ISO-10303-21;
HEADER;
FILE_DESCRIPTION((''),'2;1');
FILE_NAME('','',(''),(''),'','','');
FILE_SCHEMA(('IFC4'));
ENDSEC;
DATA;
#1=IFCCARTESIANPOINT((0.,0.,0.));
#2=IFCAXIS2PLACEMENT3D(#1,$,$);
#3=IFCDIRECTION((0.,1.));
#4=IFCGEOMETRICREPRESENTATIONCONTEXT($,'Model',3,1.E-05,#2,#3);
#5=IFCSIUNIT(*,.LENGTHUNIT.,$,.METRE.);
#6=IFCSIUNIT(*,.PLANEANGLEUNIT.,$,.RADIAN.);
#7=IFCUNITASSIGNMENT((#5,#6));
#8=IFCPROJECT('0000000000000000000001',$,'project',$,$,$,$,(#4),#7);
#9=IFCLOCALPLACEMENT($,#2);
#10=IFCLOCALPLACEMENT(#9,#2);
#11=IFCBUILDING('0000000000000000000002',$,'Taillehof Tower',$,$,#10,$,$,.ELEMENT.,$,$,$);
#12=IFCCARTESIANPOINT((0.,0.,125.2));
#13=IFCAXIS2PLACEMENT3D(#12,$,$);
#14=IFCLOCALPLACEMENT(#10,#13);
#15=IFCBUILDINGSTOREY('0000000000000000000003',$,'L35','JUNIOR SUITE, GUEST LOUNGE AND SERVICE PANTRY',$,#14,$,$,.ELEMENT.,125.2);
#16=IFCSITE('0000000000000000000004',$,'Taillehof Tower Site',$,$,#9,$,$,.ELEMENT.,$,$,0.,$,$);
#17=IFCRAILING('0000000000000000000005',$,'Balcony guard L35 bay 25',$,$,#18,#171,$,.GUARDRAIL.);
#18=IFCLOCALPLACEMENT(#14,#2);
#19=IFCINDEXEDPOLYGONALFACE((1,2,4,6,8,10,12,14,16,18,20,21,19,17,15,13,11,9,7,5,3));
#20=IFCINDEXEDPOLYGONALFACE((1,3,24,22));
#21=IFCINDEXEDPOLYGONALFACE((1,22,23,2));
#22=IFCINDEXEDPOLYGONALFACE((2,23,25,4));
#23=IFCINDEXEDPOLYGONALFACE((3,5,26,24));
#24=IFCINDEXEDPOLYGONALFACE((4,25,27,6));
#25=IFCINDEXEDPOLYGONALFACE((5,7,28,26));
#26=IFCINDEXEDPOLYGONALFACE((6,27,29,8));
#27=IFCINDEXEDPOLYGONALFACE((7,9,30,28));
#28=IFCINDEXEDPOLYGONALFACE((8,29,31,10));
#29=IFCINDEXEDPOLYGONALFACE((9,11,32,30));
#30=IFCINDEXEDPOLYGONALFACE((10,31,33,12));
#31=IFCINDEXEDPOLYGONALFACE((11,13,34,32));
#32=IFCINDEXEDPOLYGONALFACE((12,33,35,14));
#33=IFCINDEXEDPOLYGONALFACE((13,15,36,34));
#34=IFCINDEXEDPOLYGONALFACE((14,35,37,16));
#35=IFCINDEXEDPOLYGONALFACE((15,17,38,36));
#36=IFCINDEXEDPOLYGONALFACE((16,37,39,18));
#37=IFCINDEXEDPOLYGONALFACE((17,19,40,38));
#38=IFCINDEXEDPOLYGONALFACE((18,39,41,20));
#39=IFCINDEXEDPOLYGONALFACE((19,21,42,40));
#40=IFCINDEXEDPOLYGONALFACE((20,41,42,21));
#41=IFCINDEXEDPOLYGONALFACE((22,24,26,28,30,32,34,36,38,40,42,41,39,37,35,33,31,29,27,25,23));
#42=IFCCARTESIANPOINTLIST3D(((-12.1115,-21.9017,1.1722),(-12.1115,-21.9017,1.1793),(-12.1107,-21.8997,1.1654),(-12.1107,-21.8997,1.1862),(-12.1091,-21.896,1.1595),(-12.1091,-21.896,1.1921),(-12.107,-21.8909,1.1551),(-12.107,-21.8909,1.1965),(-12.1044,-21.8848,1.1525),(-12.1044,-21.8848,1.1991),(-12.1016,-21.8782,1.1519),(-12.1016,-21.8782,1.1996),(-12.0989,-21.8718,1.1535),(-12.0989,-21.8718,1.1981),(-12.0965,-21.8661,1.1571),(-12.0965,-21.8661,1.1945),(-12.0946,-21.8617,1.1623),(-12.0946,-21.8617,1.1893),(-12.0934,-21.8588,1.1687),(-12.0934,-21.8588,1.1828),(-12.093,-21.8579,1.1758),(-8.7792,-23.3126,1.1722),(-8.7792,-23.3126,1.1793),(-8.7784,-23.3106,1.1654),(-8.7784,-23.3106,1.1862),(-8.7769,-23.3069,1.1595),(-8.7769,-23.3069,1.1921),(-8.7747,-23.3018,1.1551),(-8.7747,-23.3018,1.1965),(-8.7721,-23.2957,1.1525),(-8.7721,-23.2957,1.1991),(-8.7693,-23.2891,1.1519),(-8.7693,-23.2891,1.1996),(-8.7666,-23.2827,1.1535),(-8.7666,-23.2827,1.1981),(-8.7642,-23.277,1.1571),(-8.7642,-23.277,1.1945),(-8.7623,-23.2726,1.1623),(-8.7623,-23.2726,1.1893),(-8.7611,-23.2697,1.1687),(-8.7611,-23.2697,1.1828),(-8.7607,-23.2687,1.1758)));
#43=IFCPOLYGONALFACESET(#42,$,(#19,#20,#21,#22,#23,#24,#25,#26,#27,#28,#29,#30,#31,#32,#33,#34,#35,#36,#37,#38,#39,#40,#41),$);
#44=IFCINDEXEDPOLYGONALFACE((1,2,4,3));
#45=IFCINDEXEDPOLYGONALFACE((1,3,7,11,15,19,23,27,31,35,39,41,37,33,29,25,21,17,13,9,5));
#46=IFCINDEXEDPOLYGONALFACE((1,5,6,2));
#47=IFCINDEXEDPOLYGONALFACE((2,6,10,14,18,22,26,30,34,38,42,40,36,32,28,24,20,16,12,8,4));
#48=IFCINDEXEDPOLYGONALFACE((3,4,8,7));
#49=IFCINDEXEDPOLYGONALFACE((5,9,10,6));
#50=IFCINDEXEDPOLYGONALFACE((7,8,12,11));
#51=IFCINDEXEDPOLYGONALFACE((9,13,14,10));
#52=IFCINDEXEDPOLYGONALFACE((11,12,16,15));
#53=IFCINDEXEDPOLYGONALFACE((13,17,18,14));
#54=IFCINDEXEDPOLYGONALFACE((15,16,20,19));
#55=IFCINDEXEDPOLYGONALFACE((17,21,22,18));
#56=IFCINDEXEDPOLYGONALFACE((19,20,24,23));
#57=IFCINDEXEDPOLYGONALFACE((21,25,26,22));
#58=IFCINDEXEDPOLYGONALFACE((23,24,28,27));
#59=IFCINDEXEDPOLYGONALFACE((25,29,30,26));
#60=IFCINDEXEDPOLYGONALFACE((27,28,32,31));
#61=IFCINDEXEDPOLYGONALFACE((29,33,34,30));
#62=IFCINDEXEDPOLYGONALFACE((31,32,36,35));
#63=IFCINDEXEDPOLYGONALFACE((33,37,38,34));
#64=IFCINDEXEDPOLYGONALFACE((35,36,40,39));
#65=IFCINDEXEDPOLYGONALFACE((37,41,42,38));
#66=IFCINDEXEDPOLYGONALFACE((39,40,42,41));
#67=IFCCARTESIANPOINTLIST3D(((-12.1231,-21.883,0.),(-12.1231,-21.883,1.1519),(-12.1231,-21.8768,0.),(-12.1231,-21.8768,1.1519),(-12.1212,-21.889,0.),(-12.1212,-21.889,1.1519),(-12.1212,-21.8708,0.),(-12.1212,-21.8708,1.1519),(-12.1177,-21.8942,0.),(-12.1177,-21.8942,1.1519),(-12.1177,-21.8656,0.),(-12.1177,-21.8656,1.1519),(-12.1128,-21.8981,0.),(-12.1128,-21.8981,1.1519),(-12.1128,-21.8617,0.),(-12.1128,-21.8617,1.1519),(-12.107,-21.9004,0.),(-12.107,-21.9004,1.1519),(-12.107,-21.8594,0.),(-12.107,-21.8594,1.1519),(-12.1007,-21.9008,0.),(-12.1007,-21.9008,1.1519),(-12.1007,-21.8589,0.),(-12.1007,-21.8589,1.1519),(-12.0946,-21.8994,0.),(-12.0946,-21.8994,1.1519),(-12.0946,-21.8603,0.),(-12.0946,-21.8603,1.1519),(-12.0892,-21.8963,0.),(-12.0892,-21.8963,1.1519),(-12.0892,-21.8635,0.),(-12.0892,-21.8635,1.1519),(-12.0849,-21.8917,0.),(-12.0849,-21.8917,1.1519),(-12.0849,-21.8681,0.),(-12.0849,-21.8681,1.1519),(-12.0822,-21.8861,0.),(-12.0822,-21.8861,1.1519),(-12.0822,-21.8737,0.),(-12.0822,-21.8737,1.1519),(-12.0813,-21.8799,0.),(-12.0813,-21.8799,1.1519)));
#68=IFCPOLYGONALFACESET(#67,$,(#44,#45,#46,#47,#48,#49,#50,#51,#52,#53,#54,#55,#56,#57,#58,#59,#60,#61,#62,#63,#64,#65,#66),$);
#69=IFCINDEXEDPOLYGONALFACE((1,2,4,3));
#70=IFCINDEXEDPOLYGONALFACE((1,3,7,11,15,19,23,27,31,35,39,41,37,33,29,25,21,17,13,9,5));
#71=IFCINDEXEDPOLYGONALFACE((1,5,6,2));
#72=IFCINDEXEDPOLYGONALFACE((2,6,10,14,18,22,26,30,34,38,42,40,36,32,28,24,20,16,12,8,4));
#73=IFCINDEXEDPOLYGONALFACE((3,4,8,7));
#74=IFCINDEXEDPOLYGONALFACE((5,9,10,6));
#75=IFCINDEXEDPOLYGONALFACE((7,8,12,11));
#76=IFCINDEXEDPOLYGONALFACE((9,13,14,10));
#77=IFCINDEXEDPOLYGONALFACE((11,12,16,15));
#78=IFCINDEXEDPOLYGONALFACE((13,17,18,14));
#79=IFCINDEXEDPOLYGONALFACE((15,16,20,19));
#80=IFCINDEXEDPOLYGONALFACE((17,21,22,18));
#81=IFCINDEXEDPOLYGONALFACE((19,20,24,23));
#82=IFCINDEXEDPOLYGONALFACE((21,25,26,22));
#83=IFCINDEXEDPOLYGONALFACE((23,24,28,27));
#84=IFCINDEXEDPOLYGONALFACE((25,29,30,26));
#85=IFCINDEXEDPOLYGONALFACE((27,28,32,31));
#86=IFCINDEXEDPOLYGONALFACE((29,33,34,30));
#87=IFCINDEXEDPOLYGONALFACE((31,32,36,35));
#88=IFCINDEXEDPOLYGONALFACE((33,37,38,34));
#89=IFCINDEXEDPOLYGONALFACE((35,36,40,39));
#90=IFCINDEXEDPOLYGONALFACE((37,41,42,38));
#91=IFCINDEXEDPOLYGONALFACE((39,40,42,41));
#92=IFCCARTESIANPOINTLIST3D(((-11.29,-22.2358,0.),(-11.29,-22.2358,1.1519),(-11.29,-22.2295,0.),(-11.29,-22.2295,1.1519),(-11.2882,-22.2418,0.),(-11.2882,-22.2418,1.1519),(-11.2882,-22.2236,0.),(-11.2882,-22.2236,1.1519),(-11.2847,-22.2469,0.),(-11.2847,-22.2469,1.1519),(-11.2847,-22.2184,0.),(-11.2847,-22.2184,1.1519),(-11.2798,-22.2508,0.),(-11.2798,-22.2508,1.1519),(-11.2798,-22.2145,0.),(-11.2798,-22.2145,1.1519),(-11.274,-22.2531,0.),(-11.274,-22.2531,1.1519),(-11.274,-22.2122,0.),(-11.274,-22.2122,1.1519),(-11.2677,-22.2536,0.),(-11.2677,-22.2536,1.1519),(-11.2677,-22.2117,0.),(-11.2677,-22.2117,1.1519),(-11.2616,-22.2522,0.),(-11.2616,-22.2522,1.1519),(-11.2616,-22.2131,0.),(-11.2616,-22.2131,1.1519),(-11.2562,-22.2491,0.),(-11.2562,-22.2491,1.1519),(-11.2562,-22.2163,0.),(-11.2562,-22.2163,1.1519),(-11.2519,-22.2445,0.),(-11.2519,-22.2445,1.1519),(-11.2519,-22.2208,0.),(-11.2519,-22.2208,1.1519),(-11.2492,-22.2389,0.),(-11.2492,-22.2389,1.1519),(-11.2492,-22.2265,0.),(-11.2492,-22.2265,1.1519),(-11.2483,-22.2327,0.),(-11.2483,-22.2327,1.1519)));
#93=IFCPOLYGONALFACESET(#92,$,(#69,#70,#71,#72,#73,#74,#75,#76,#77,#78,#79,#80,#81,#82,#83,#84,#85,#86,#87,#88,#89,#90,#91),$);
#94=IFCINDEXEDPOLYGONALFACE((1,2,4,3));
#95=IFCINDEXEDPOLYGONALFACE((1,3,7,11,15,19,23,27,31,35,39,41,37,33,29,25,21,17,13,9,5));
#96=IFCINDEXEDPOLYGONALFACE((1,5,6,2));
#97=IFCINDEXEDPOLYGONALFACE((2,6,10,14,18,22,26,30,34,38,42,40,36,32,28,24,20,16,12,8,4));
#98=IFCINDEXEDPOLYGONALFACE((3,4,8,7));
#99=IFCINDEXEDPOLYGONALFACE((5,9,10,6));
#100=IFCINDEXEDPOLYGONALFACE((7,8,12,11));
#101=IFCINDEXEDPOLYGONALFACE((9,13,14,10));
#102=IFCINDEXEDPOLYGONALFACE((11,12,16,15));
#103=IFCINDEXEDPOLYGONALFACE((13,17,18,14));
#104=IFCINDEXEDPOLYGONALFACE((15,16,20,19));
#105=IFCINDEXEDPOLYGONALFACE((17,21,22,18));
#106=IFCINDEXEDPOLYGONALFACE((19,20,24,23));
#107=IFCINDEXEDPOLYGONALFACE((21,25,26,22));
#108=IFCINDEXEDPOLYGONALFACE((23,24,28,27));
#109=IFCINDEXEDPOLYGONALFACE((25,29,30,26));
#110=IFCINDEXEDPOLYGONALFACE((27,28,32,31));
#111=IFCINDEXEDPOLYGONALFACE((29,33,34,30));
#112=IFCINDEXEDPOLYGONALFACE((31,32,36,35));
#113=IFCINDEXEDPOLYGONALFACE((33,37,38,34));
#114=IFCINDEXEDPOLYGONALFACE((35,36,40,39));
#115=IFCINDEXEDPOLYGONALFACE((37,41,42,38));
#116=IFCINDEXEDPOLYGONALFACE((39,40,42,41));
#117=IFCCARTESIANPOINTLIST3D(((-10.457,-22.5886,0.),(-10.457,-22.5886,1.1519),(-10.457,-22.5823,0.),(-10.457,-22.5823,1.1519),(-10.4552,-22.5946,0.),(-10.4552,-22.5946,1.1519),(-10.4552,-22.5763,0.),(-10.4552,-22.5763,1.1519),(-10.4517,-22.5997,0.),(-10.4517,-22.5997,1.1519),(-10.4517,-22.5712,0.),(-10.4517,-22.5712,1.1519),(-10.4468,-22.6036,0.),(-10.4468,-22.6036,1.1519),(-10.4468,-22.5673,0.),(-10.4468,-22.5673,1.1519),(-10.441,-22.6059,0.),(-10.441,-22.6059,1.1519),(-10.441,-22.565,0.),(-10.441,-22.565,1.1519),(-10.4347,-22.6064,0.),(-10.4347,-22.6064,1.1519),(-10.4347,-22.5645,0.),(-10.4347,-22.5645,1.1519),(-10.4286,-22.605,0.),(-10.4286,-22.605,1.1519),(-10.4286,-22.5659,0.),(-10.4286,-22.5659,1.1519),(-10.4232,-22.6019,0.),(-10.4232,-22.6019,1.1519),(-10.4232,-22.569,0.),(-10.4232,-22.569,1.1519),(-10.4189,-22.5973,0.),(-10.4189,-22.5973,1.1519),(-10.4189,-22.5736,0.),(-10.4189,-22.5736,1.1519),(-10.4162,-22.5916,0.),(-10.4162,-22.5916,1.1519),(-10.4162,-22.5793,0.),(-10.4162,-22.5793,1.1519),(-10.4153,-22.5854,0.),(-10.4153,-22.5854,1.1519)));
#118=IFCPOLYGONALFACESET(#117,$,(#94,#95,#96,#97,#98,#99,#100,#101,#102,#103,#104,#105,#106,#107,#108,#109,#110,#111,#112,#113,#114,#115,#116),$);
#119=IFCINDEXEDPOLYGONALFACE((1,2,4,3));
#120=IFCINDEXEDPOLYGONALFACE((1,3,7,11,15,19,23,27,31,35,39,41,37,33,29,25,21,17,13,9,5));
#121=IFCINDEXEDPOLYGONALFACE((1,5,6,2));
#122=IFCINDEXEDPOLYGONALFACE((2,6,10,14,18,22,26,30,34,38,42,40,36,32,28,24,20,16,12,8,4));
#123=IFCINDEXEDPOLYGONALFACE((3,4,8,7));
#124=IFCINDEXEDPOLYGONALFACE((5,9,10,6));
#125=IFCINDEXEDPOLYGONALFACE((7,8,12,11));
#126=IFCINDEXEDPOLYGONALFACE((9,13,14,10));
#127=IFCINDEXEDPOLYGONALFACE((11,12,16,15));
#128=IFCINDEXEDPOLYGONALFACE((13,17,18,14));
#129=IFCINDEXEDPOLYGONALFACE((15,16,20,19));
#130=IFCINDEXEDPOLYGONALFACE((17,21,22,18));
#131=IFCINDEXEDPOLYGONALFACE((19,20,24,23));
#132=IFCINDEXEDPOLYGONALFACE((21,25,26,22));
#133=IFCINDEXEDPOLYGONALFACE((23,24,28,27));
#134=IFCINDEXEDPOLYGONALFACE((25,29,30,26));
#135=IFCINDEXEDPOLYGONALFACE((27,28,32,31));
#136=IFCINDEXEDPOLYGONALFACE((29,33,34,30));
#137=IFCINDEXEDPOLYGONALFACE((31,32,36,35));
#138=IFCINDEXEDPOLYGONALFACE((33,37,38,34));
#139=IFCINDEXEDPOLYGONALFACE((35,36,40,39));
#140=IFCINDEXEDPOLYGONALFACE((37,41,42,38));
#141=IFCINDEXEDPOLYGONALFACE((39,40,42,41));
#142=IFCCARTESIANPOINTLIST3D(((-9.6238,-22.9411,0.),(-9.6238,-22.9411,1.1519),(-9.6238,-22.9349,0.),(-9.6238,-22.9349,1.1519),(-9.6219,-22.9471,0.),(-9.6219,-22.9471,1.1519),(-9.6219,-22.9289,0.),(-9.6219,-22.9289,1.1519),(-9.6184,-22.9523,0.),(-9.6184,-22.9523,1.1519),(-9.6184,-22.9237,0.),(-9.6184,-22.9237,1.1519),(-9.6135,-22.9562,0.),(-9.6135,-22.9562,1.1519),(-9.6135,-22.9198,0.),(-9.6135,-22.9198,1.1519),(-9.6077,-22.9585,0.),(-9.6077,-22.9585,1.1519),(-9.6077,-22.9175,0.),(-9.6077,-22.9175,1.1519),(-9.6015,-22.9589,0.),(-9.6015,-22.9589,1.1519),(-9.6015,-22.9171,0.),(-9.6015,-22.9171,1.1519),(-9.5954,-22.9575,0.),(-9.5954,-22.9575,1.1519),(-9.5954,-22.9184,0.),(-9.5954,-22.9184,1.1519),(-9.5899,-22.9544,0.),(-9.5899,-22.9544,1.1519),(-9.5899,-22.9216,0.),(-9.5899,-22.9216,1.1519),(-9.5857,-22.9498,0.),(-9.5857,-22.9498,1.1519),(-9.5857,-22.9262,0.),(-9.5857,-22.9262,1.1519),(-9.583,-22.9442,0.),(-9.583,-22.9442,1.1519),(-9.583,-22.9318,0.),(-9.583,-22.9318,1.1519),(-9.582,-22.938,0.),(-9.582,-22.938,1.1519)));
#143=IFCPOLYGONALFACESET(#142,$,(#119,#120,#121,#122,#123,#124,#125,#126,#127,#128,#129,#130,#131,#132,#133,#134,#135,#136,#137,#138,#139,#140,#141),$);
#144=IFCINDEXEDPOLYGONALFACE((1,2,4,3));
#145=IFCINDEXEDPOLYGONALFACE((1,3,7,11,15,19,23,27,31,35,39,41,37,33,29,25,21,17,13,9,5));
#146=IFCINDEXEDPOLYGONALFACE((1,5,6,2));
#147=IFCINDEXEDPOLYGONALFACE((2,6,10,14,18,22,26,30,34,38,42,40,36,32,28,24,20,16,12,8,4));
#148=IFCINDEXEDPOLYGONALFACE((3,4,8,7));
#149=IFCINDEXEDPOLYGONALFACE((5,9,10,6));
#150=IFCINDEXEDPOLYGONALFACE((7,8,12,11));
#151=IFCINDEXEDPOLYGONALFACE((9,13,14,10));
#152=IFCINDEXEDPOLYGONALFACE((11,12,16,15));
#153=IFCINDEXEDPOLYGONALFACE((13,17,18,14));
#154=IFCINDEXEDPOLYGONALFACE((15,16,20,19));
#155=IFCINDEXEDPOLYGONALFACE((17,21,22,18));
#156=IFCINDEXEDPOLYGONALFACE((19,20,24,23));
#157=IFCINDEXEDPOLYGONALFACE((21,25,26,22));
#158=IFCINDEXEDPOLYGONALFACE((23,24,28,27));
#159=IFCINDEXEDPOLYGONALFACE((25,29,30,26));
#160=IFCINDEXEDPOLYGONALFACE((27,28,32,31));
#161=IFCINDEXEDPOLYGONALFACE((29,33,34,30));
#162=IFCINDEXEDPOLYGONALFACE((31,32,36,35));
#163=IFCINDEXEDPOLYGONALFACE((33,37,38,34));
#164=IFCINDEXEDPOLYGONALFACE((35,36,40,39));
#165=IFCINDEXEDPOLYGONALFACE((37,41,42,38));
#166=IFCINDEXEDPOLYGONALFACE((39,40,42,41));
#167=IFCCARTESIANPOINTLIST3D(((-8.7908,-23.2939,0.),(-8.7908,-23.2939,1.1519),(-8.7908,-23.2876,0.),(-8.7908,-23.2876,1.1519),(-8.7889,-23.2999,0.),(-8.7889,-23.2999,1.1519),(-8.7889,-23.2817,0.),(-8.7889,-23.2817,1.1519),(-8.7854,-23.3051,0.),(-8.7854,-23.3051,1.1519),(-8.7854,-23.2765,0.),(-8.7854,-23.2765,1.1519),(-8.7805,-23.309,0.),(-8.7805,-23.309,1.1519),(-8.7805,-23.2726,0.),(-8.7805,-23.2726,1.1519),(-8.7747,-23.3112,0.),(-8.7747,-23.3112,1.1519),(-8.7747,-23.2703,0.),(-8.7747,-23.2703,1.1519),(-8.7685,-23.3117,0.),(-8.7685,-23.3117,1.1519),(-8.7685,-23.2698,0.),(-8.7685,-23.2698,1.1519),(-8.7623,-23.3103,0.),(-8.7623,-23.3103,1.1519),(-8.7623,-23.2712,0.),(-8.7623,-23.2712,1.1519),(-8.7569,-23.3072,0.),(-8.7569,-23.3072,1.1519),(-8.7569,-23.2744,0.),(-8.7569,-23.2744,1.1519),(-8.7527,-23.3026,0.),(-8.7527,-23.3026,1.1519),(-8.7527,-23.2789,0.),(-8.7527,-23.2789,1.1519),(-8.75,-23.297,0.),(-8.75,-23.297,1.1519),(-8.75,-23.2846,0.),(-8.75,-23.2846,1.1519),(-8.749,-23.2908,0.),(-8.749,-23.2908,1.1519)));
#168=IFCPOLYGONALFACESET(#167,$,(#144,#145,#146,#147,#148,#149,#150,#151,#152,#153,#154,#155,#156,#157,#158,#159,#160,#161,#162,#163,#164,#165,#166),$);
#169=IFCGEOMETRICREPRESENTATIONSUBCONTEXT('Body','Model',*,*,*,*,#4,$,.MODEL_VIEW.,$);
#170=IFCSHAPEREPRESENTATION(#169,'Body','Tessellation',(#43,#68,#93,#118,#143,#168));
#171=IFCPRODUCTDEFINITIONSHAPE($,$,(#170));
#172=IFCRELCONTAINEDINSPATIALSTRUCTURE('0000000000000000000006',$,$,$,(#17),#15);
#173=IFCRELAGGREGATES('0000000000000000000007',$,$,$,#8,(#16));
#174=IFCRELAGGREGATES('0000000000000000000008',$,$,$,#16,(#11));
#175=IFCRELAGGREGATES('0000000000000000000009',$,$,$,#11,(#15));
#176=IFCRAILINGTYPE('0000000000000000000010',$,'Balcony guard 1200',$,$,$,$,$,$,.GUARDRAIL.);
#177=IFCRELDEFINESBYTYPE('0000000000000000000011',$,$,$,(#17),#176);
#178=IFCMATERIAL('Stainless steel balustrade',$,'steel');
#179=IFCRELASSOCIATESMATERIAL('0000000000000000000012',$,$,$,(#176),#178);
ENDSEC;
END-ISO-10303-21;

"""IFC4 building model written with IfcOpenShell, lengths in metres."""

from ifc_helpers import new_model, si_unit, direction, frame, origin, origin_2d, place, context, subcontext, project, spatial, circle, extrude, material, type_object, element, save


model = new_model("IFC4")

# Units and contexts
model_context = context("Model", 3, precision=1e-05, world=origin(), true_north=direction((0.0, 1.0)))
body_context = subcontext(model_context, "Body", "Model", "MODEL_VIEW")
ifc_project = project(units=[si_unit("LENGTHUNIT", "METRE"), si_unit("PLANEANGLEUNIT", "RADIAN")], contexts=[model_context])

# Site, building, storey
site_placement = place(None, origin())
site = spatial("IfcSite", under=ifc_project, at=site_placement, Name="Taillehof Tower Site", CompositionType="ELEMENT", RefElevation=0.0)
building_placement = place(site_placement, origin())
building = spatial("IfcBuilding", under=site, at=building_placement, Name="Taillehof Tower", CompositionType="ELEMENT")
storey_placement = place(building_placement, frame((0.0, 0.0, 125.2)))
storey = spatial("IfcBuildingStorey", under=building, at=storey_placement, Name="L35", Description="JUNIOR SUITE, GUEST LOUNGE AND SERVICE PANTRY", CompositionType="ELEMENT", Elevation=125.2)

# Railing
ifc_material_1 = material(Name="Stainless steel balustrade", Category="steel")
railing_type = type_object("IfcRailingType", Name="Balcony guard 1200", PredefinedType="GUARDRAIL", material=ifc_material_1)
railing_1_placement = place(storey_placement, frame((-12.1023, -21.8799, 0.0)))
element("IfcRailing", 1, at=railing_1_placement, inside=storey, type_object=railing_type, Name="Balcony guard L35 bay 25", PredefinedType="GUARDRAIL", context=body_context, shape_type="SweptSolid", body=[
    extrude(circle(Radius=0.0239, at=origin_2d()), frame((0.0, 0.0, 1.1758), z_axis=(0.92086, -0.389893, 0.0), x_axis=(0.389893, 0.92086, 0.0)), (0.0, 0.0, 1.0), 3.6187),
    extrude(circle(Radius=0.021, at=origin_2d()), origin(), (0.0, 0.0, 1.0), 1.1519),
    extrude(circle(Radius=0.021, at=origin_2d()), frame((0.833, -0.3528, 0.0)), (0.0, 0.0, 1.0), 1.1519),
    extrude(circle(Radius=0.021, at=origin_2d()), frame((1.666, -0.7056, 0.0)), (0.0, 0.0, 1.0), 1.1519),
    extrude(circle(Radius=0.021, at=origin_2d()), frame((2.4993, -1.0581, 0.0)), (0.0, 0.0, 1.0), 1.1519),
    extrude(circle(Radius=0.021, at=origin_2d()), frame((3.3323, -1.4109, 0.0)), (0.0, 0.0, 1.0), 1.1519),
])

save(model, "model.ifc")
